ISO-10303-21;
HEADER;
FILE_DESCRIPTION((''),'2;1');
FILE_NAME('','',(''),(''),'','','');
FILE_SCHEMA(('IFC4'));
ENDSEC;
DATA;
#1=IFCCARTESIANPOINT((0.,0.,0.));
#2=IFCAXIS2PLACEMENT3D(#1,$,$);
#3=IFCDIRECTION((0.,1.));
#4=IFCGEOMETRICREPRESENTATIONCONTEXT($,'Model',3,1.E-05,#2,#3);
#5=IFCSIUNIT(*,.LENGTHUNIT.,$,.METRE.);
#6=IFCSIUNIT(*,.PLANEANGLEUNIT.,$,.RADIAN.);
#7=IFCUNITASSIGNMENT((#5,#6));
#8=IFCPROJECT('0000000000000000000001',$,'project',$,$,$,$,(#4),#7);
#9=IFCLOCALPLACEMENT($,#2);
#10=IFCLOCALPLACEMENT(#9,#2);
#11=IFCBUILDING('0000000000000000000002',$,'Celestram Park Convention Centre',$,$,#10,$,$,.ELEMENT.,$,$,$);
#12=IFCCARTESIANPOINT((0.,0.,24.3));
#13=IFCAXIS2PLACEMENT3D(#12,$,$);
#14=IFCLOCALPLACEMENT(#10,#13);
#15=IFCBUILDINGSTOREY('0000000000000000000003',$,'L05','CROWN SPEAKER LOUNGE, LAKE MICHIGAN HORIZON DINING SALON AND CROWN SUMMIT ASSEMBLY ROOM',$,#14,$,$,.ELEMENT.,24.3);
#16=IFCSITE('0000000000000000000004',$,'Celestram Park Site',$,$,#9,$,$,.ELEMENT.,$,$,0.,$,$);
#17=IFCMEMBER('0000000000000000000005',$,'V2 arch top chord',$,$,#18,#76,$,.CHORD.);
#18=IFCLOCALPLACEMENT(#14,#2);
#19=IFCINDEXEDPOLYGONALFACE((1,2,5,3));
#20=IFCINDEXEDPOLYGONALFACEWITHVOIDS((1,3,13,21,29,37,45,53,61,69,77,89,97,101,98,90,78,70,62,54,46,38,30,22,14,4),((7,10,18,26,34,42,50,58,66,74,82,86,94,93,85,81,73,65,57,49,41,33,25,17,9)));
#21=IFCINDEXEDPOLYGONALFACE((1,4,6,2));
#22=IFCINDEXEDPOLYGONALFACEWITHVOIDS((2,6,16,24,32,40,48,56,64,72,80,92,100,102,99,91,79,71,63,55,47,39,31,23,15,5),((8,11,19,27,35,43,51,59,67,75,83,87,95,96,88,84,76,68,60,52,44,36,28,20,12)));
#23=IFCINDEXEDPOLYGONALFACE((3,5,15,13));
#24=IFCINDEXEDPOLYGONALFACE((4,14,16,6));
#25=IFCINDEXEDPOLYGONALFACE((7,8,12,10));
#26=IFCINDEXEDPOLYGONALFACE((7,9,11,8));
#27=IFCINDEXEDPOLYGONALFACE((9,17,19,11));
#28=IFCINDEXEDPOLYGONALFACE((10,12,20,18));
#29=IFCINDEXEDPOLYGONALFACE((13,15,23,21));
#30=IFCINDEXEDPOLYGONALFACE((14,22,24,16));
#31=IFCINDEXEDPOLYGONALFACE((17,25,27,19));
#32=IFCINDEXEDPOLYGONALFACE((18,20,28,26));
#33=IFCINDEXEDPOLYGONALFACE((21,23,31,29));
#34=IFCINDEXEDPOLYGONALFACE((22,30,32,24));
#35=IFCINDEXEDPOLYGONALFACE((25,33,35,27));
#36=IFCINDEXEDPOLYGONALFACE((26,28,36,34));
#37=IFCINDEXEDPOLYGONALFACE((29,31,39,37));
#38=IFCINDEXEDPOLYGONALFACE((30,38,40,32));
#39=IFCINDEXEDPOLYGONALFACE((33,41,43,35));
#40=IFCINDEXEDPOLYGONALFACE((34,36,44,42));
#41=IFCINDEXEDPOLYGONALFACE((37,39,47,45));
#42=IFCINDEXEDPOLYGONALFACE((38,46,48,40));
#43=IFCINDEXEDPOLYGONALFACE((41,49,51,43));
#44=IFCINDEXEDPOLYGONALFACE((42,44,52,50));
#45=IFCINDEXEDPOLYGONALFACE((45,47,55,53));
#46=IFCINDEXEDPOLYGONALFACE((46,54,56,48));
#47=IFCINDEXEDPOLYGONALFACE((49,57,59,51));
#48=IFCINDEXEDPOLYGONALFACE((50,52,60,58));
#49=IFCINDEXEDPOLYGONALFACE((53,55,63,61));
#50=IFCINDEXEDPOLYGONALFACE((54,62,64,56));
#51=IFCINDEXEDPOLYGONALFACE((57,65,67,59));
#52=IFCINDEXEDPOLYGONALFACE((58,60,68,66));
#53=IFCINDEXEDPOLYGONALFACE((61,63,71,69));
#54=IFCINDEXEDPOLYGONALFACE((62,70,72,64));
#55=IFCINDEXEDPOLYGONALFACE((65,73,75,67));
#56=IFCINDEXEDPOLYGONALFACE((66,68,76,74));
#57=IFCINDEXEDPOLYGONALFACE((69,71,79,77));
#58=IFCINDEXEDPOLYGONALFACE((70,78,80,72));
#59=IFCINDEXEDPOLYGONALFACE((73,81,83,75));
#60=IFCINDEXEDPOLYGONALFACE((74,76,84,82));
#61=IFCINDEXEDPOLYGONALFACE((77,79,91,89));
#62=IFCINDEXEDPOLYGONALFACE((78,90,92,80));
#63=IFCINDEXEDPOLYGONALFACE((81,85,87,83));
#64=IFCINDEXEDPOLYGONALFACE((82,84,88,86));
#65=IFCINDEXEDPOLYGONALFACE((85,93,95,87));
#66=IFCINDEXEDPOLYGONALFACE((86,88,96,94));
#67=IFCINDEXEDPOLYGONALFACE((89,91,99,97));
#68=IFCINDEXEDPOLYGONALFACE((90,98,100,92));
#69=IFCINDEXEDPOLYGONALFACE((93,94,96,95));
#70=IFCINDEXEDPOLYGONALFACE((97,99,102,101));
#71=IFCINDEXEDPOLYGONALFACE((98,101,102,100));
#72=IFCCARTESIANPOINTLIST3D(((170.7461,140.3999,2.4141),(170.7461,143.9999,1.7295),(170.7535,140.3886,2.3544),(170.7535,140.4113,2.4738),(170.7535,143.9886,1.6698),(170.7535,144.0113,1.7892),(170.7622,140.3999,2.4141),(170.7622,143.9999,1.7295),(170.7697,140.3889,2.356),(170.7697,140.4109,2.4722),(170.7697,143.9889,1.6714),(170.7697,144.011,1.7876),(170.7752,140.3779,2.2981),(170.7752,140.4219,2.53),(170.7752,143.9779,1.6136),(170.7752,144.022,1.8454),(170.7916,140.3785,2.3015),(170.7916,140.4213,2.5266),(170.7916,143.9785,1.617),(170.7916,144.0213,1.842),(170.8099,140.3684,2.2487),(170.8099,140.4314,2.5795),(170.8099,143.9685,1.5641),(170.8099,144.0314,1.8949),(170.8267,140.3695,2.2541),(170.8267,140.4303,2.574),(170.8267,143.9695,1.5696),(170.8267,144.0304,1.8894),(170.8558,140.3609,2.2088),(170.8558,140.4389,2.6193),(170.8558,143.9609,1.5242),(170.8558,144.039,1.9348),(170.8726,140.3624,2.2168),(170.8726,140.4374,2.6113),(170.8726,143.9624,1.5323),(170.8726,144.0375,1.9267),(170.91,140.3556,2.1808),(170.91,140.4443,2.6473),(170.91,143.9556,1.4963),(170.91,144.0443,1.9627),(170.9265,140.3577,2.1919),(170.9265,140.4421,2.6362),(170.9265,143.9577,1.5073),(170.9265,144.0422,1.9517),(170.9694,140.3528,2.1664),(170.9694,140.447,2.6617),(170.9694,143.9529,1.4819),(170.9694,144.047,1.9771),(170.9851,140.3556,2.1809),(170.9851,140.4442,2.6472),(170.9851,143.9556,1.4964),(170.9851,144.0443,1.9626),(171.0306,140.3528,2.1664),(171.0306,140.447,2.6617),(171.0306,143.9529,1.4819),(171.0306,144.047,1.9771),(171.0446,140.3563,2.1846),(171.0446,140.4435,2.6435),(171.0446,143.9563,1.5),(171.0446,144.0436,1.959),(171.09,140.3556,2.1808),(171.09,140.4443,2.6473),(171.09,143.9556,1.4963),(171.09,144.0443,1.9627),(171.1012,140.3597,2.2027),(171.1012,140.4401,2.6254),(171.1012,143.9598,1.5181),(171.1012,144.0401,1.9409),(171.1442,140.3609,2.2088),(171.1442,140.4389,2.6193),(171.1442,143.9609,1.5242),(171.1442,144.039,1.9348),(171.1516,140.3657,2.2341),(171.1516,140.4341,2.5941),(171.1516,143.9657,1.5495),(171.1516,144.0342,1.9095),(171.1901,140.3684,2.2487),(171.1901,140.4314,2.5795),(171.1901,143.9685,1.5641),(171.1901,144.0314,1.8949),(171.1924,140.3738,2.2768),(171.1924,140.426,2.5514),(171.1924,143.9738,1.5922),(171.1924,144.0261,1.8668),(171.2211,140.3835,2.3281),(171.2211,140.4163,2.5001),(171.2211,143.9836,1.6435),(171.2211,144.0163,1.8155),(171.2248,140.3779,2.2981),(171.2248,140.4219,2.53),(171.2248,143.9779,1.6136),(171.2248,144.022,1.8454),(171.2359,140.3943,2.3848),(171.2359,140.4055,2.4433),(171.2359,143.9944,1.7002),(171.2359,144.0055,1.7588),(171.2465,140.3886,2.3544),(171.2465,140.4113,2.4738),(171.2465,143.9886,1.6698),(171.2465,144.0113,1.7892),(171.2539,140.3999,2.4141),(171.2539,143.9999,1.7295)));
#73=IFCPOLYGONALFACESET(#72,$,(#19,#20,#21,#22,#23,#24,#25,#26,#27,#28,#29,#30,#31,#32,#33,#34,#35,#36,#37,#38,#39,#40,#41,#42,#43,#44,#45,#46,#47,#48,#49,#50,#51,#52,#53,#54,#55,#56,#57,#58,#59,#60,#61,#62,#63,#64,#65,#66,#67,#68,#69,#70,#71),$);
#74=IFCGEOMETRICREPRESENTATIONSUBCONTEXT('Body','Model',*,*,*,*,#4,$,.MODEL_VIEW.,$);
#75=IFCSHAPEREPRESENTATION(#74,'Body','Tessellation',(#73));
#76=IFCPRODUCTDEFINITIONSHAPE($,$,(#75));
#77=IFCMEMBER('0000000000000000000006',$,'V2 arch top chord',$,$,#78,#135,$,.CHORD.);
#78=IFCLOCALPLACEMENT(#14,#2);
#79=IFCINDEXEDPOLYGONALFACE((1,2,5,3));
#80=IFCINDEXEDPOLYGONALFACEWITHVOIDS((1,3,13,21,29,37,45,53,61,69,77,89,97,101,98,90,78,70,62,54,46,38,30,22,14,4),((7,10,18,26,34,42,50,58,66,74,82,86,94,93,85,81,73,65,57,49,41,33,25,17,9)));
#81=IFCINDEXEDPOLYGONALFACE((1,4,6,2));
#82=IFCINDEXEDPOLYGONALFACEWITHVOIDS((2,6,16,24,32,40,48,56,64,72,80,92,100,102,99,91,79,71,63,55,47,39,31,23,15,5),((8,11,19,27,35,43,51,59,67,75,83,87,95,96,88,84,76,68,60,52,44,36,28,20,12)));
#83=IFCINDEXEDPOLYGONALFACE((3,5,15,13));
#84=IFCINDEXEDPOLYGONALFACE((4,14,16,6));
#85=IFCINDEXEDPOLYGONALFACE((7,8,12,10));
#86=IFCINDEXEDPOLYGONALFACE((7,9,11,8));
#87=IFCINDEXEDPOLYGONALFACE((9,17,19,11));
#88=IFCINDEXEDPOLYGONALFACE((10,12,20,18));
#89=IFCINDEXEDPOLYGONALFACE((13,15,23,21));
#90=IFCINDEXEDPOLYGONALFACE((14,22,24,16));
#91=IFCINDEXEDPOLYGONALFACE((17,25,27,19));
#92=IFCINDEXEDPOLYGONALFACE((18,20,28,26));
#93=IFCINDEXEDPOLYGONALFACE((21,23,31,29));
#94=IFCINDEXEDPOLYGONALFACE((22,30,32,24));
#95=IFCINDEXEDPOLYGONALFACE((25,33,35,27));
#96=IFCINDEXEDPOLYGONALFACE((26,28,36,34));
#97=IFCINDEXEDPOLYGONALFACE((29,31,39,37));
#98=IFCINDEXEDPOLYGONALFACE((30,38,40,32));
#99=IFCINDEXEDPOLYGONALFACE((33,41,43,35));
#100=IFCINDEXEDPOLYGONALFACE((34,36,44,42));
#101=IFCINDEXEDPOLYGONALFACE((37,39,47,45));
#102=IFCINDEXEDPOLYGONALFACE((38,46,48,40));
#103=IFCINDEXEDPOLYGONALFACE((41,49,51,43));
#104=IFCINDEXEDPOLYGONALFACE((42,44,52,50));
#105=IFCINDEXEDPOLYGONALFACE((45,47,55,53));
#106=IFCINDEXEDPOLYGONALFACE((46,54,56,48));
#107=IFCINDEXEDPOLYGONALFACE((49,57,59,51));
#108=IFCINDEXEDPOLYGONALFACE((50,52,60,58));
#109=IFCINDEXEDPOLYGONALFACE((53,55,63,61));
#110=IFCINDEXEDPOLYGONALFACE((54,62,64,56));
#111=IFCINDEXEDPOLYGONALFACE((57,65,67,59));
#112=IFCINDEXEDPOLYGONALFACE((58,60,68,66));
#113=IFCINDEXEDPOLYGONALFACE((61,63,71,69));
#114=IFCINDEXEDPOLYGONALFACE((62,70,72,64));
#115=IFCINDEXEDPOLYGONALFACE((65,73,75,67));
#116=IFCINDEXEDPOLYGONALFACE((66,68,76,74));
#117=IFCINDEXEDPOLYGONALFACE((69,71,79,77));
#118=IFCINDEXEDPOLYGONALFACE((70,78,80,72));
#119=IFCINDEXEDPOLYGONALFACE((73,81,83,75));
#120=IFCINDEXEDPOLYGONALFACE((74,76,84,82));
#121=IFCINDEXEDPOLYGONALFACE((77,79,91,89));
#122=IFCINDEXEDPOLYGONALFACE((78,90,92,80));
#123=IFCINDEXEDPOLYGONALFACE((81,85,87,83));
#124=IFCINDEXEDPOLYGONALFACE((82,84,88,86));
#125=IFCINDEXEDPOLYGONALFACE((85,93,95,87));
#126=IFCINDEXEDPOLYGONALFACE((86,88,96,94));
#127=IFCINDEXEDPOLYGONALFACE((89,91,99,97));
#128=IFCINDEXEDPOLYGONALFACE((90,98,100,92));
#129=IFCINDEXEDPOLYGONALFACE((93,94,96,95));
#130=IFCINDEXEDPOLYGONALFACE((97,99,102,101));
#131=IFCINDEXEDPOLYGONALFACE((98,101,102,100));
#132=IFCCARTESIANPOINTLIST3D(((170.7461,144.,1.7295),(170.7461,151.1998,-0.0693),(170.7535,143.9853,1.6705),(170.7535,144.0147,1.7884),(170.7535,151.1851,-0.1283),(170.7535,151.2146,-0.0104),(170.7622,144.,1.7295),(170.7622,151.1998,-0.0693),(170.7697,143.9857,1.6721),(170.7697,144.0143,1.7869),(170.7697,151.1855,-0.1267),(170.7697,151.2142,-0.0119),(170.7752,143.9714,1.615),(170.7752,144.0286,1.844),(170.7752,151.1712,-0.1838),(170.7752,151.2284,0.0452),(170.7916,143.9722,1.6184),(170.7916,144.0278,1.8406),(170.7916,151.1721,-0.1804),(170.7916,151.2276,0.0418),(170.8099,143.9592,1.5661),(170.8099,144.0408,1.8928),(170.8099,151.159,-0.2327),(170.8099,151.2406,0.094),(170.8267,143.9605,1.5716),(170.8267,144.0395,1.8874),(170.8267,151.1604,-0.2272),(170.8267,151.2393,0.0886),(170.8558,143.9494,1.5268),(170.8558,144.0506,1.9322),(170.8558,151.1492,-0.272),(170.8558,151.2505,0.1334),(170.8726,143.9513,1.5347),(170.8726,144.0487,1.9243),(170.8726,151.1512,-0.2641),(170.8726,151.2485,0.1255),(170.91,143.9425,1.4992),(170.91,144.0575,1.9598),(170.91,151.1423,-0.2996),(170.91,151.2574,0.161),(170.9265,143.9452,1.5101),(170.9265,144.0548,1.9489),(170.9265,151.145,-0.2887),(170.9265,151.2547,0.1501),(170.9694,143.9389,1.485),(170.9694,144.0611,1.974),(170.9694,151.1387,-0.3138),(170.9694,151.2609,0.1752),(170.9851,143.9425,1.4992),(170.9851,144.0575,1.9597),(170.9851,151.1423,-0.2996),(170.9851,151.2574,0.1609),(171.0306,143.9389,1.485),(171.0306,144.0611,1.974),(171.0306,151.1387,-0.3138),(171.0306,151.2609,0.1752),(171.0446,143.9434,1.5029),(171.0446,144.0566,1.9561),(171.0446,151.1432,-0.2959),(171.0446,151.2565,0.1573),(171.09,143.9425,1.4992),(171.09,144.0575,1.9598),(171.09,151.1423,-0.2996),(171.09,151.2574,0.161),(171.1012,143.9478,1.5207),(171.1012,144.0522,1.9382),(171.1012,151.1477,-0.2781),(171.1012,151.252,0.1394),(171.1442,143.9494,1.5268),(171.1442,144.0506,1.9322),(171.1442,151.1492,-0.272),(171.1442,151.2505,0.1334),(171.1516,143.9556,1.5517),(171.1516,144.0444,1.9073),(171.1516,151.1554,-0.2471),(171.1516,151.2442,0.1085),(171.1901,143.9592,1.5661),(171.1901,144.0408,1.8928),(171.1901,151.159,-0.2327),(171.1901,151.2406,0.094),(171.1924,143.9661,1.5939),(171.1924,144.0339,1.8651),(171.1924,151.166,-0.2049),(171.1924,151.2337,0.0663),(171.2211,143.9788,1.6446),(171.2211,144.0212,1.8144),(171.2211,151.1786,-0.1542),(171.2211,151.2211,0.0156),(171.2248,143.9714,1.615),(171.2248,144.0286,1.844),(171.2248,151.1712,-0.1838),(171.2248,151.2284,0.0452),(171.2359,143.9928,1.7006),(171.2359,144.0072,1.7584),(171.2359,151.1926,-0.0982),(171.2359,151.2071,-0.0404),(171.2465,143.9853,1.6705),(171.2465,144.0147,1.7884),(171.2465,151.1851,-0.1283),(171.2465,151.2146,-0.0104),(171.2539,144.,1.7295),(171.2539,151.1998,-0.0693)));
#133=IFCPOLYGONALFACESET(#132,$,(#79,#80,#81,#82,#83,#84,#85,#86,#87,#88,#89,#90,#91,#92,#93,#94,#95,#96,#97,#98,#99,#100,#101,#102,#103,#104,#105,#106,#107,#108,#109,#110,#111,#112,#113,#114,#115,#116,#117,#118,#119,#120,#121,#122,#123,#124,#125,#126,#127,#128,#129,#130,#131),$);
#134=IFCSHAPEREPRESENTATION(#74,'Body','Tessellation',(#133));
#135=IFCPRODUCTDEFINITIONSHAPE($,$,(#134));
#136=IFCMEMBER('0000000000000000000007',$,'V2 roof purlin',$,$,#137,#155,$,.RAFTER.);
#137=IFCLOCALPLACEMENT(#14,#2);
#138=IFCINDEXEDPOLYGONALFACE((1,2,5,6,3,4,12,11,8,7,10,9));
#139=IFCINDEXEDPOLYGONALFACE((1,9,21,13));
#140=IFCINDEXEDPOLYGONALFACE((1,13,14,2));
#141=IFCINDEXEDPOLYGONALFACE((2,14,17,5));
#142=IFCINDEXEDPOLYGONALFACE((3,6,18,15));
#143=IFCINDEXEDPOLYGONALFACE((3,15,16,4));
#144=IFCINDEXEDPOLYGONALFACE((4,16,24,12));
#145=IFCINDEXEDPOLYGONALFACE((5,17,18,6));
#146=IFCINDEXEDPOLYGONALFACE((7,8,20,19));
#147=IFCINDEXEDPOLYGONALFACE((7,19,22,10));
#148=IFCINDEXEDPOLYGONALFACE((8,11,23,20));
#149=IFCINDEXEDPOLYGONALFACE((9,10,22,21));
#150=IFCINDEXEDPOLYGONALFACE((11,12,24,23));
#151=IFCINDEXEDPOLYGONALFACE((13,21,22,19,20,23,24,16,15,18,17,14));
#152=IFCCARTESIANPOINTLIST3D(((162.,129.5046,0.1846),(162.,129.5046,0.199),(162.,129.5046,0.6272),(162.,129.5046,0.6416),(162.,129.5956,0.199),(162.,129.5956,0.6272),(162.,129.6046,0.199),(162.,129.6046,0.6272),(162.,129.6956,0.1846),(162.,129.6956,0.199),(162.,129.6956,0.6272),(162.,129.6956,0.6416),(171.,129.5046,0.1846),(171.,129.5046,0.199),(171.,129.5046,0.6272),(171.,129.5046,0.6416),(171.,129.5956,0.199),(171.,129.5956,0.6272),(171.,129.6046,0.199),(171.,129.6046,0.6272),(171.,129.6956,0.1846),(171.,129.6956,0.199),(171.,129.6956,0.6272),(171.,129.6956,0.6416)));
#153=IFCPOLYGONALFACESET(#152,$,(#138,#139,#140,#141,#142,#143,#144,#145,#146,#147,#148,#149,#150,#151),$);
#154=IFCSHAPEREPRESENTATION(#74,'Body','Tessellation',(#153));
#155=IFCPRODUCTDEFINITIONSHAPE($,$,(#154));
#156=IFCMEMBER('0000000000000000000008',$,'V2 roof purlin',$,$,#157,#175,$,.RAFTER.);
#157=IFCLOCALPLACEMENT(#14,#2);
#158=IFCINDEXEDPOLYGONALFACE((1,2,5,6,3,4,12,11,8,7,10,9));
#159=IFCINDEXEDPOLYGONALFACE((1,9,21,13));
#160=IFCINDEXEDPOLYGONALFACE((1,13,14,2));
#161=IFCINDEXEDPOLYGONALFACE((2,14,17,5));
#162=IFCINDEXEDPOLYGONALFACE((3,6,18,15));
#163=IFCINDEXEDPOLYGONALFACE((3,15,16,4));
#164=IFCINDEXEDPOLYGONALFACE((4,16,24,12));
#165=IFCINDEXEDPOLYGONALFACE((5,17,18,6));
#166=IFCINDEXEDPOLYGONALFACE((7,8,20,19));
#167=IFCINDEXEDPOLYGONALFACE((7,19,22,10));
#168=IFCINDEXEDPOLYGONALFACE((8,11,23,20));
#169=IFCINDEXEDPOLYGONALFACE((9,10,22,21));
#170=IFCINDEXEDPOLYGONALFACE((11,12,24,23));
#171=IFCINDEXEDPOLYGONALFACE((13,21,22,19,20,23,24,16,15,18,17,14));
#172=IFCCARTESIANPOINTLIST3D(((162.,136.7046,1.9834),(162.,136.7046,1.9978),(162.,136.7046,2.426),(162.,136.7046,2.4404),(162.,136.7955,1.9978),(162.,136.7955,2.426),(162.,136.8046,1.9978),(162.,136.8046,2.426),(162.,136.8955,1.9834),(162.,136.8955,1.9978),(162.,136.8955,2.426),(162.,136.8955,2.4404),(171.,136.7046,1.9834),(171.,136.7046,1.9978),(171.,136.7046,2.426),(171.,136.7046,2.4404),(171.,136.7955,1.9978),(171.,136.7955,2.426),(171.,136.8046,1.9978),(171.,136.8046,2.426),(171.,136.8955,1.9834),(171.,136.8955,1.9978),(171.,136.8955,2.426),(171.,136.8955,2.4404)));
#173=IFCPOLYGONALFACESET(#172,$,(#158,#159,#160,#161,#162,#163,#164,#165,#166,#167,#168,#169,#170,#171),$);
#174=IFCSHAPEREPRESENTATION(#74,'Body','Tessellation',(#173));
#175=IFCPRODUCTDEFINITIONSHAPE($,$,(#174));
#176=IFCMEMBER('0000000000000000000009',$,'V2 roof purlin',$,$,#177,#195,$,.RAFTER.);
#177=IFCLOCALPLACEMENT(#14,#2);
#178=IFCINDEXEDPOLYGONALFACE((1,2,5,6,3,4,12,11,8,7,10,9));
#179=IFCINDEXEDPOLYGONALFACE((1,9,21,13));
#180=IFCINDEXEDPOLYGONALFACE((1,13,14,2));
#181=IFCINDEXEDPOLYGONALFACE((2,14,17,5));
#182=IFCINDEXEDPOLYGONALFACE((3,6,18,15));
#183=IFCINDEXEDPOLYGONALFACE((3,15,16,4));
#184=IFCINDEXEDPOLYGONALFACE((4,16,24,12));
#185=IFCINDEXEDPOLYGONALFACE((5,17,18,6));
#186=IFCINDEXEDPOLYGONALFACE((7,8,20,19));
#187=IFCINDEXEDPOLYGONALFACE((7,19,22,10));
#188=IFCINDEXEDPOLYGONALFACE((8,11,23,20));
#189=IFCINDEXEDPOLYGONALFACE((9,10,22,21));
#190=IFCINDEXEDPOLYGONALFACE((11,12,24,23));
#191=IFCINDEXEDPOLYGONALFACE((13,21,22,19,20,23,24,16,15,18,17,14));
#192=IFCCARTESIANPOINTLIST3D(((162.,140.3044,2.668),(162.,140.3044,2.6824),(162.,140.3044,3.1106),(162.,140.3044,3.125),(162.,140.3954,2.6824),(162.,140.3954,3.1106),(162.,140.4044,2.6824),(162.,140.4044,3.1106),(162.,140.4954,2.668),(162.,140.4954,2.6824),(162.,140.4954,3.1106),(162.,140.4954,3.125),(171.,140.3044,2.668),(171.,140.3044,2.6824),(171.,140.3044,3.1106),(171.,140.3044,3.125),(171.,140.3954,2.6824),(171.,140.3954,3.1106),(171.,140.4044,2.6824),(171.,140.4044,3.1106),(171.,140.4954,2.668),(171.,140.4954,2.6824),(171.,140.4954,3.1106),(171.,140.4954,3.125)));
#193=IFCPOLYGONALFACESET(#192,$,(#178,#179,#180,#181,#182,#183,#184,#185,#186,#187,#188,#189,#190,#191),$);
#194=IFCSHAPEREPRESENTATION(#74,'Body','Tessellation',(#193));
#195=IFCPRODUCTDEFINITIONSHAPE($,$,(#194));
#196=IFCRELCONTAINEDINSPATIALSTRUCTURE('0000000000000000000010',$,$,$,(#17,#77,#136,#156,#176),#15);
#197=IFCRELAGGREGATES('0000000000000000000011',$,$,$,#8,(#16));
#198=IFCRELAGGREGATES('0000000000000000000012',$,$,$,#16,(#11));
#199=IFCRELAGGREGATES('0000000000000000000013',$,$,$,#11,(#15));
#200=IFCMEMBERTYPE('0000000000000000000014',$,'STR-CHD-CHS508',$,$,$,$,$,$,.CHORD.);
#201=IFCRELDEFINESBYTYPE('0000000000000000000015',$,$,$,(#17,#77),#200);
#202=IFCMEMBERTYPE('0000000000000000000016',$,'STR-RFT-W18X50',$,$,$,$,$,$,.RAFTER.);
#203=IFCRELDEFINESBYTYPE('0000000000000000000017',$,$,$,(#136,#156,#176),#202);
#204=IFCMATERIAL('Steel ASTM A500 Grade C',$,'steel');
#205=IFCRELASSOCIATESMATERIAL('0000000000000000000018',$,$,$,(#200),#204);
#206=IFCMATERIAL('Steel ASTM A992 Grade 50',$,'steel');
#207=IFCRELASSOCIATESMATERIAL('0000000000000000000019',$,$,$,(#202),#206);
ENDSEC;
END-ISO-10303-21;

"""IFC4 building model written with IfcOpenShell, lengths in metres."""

from ifc_helpers import new_model, si_unit, direction, frame, origin, origin_2d, place, context, subcontext, project, spatial, hollow_circle, i_section, extrude, material, material_profile, profile_set, type_object, element, save


model = new_model("IFC4")

# Units and contexts
model_context = context("Model", 3, precision=1e-05, world=origin(), true_north=direction((0.0, 1.0)))
body_context = subcontext(model_context, "Body", "Model", "MODEL_VIEW")
ifc_project = project(units=[si_unit("LENGTHUNIT", "METRE"), si_unit("PLANEANGLEUNIT", "RADIAN")], contexts=[model_context])

# Site, building, storey
site_placement = place(None, origin())
site = spatial("IfcSite", under=ifc_project, at=site_placement, Name="Celestram Park Site", CompositionType="ELEMENT", RefElevation=0.0)
building_placement = place(site_placement, origin())
building = spatial("IfcBuilding", under=site, at=building_placement, Name="Celestram Park Convention Centre", CompositionType="ELEMENT")
storey_placement = place(building_placement, frame((0.0, 0.0, 24.3)))
storey = spatial("IfcBuildingStorey", under=building, at=storey_placement, Name="L05", Description="CROWN SPEAKER LOUNGE, LAKE MICHIGAN HORIZON DINING SALON AND CROWN SUMMIT ASSEMBLY ROOM", CompositionType="ELEMENT", Elevation=24.3)

# Members
ifc_material_1 = material(Name="Steel ASTM A500 Grade C", Category="steel")
ifc_material_profile_1 = material_profile(ifc_material_1, hollow_circle(Radius=0.2539, WallThickness=0.0161, at=origin_2d()), Name="CHS508X16")
ifc_profile_set_1 = profile_set([ifc_material_profile_1], Name="Steel ASTM A500 Grade C")
member_type_1 = type_object("IfcMemberType", Name="STR-CHD-CHS508", PredefinedType="CHORD", material=ifc_profile_set_1)
member_1_placement = place(storey_placement, frame((171.0, 140.3999, 2.4141), z_axis=(0.0, 0.982397, -0.186806), x_axis=(-1.0, 0.0, 0.0)))
element("IfcMember", 1, at=member_1_placement, inside=storey, type_object=member_type_1, Name="V2 arch top chord", PredefinedType="CHORD", context=body_context, shape_type="SweptSolid", body=[
    extrude(hollow_circle(Radius=0.2539, WallThickness=0.0161, at=origin_2d()), origin(), (0.0, 0.0, 1.0), 3.6646),
])
member_2_placement = place(storey_placement, frame((171.0, 144.0, 1.7295), z_axis=(0.0, 0.970179, -0.242389), x_axis=(-1.0, 0.0, 0.0)))
element("IfcMember", 2, at=member_2_placement, inside=storey, type_object=member_type_1, Name="V2 arch top chord", PredefinedType="CHORD", context=body_context, shape_type="SweptSolid", body=[
    extrude(hollow_circle(Radius=0.2539, WallThickness=0.0161, at=origin_2d()), origin(), (0.0, 0.0, 1.0), 7.4211),
])
ifc_material_2 = material(Name="Steel ASTM A992 Grade 50", Category="steel")
ifc_material_profile_2 = material_profile(ifc_material_2, i_section(OverallWidth=0.1909, OverallDepth=0.457, WebThickness=0.009, FlangeThickness=0.0144, at=origin_2d()), Name="W18X50")
ifc_profile_set_2 = profile_set([ifc_material_profile_2], Name="Steel ASTM A992 Grade 50")
member_type_2 = type_object("IfcMemberType", Name="STR-RFT-W18X50", PredefinedType="RAFTER", material=ifc_profile_set_2)
for number, where, z_axis, x_axis, name in (
    (3, (162.0, 129.6001, 0.4131), (1.0, 0.0, 0.0), (0.0, 1.0, 0.0), "V2 roof purlin"),
    (4, (162.0, 136.8, 2.2119), (1.0, 0.0, 0.0), (0.0, 1.0, 0.0), "V2 roof purlin"),
    (5, (162.0, 140.3999, 2.8965), (1.0, 0.0, 0.0), (0.0, 1.0, 0.0), "V2 roof purlin"),
):
    element("IfcMember", number, at=place(storey_placement, frame(where, z_axis=z_axis, x_axis=x_axis)), inside=storey, type_object=member_type_2, Name=name, PredefinedType="RAFTER", context=body_context, shape_type="SweptSolid", body=[
        extrude(i_section(OverallWidth=0.1909, OverallDepth=0.457, WebThickness=0.009, FlangeThickness=0.0144, at=origin_2d()), origin(), (0.0, 0.0, 1.0), 9.0),
    ])

save(model, "model.ifc")
